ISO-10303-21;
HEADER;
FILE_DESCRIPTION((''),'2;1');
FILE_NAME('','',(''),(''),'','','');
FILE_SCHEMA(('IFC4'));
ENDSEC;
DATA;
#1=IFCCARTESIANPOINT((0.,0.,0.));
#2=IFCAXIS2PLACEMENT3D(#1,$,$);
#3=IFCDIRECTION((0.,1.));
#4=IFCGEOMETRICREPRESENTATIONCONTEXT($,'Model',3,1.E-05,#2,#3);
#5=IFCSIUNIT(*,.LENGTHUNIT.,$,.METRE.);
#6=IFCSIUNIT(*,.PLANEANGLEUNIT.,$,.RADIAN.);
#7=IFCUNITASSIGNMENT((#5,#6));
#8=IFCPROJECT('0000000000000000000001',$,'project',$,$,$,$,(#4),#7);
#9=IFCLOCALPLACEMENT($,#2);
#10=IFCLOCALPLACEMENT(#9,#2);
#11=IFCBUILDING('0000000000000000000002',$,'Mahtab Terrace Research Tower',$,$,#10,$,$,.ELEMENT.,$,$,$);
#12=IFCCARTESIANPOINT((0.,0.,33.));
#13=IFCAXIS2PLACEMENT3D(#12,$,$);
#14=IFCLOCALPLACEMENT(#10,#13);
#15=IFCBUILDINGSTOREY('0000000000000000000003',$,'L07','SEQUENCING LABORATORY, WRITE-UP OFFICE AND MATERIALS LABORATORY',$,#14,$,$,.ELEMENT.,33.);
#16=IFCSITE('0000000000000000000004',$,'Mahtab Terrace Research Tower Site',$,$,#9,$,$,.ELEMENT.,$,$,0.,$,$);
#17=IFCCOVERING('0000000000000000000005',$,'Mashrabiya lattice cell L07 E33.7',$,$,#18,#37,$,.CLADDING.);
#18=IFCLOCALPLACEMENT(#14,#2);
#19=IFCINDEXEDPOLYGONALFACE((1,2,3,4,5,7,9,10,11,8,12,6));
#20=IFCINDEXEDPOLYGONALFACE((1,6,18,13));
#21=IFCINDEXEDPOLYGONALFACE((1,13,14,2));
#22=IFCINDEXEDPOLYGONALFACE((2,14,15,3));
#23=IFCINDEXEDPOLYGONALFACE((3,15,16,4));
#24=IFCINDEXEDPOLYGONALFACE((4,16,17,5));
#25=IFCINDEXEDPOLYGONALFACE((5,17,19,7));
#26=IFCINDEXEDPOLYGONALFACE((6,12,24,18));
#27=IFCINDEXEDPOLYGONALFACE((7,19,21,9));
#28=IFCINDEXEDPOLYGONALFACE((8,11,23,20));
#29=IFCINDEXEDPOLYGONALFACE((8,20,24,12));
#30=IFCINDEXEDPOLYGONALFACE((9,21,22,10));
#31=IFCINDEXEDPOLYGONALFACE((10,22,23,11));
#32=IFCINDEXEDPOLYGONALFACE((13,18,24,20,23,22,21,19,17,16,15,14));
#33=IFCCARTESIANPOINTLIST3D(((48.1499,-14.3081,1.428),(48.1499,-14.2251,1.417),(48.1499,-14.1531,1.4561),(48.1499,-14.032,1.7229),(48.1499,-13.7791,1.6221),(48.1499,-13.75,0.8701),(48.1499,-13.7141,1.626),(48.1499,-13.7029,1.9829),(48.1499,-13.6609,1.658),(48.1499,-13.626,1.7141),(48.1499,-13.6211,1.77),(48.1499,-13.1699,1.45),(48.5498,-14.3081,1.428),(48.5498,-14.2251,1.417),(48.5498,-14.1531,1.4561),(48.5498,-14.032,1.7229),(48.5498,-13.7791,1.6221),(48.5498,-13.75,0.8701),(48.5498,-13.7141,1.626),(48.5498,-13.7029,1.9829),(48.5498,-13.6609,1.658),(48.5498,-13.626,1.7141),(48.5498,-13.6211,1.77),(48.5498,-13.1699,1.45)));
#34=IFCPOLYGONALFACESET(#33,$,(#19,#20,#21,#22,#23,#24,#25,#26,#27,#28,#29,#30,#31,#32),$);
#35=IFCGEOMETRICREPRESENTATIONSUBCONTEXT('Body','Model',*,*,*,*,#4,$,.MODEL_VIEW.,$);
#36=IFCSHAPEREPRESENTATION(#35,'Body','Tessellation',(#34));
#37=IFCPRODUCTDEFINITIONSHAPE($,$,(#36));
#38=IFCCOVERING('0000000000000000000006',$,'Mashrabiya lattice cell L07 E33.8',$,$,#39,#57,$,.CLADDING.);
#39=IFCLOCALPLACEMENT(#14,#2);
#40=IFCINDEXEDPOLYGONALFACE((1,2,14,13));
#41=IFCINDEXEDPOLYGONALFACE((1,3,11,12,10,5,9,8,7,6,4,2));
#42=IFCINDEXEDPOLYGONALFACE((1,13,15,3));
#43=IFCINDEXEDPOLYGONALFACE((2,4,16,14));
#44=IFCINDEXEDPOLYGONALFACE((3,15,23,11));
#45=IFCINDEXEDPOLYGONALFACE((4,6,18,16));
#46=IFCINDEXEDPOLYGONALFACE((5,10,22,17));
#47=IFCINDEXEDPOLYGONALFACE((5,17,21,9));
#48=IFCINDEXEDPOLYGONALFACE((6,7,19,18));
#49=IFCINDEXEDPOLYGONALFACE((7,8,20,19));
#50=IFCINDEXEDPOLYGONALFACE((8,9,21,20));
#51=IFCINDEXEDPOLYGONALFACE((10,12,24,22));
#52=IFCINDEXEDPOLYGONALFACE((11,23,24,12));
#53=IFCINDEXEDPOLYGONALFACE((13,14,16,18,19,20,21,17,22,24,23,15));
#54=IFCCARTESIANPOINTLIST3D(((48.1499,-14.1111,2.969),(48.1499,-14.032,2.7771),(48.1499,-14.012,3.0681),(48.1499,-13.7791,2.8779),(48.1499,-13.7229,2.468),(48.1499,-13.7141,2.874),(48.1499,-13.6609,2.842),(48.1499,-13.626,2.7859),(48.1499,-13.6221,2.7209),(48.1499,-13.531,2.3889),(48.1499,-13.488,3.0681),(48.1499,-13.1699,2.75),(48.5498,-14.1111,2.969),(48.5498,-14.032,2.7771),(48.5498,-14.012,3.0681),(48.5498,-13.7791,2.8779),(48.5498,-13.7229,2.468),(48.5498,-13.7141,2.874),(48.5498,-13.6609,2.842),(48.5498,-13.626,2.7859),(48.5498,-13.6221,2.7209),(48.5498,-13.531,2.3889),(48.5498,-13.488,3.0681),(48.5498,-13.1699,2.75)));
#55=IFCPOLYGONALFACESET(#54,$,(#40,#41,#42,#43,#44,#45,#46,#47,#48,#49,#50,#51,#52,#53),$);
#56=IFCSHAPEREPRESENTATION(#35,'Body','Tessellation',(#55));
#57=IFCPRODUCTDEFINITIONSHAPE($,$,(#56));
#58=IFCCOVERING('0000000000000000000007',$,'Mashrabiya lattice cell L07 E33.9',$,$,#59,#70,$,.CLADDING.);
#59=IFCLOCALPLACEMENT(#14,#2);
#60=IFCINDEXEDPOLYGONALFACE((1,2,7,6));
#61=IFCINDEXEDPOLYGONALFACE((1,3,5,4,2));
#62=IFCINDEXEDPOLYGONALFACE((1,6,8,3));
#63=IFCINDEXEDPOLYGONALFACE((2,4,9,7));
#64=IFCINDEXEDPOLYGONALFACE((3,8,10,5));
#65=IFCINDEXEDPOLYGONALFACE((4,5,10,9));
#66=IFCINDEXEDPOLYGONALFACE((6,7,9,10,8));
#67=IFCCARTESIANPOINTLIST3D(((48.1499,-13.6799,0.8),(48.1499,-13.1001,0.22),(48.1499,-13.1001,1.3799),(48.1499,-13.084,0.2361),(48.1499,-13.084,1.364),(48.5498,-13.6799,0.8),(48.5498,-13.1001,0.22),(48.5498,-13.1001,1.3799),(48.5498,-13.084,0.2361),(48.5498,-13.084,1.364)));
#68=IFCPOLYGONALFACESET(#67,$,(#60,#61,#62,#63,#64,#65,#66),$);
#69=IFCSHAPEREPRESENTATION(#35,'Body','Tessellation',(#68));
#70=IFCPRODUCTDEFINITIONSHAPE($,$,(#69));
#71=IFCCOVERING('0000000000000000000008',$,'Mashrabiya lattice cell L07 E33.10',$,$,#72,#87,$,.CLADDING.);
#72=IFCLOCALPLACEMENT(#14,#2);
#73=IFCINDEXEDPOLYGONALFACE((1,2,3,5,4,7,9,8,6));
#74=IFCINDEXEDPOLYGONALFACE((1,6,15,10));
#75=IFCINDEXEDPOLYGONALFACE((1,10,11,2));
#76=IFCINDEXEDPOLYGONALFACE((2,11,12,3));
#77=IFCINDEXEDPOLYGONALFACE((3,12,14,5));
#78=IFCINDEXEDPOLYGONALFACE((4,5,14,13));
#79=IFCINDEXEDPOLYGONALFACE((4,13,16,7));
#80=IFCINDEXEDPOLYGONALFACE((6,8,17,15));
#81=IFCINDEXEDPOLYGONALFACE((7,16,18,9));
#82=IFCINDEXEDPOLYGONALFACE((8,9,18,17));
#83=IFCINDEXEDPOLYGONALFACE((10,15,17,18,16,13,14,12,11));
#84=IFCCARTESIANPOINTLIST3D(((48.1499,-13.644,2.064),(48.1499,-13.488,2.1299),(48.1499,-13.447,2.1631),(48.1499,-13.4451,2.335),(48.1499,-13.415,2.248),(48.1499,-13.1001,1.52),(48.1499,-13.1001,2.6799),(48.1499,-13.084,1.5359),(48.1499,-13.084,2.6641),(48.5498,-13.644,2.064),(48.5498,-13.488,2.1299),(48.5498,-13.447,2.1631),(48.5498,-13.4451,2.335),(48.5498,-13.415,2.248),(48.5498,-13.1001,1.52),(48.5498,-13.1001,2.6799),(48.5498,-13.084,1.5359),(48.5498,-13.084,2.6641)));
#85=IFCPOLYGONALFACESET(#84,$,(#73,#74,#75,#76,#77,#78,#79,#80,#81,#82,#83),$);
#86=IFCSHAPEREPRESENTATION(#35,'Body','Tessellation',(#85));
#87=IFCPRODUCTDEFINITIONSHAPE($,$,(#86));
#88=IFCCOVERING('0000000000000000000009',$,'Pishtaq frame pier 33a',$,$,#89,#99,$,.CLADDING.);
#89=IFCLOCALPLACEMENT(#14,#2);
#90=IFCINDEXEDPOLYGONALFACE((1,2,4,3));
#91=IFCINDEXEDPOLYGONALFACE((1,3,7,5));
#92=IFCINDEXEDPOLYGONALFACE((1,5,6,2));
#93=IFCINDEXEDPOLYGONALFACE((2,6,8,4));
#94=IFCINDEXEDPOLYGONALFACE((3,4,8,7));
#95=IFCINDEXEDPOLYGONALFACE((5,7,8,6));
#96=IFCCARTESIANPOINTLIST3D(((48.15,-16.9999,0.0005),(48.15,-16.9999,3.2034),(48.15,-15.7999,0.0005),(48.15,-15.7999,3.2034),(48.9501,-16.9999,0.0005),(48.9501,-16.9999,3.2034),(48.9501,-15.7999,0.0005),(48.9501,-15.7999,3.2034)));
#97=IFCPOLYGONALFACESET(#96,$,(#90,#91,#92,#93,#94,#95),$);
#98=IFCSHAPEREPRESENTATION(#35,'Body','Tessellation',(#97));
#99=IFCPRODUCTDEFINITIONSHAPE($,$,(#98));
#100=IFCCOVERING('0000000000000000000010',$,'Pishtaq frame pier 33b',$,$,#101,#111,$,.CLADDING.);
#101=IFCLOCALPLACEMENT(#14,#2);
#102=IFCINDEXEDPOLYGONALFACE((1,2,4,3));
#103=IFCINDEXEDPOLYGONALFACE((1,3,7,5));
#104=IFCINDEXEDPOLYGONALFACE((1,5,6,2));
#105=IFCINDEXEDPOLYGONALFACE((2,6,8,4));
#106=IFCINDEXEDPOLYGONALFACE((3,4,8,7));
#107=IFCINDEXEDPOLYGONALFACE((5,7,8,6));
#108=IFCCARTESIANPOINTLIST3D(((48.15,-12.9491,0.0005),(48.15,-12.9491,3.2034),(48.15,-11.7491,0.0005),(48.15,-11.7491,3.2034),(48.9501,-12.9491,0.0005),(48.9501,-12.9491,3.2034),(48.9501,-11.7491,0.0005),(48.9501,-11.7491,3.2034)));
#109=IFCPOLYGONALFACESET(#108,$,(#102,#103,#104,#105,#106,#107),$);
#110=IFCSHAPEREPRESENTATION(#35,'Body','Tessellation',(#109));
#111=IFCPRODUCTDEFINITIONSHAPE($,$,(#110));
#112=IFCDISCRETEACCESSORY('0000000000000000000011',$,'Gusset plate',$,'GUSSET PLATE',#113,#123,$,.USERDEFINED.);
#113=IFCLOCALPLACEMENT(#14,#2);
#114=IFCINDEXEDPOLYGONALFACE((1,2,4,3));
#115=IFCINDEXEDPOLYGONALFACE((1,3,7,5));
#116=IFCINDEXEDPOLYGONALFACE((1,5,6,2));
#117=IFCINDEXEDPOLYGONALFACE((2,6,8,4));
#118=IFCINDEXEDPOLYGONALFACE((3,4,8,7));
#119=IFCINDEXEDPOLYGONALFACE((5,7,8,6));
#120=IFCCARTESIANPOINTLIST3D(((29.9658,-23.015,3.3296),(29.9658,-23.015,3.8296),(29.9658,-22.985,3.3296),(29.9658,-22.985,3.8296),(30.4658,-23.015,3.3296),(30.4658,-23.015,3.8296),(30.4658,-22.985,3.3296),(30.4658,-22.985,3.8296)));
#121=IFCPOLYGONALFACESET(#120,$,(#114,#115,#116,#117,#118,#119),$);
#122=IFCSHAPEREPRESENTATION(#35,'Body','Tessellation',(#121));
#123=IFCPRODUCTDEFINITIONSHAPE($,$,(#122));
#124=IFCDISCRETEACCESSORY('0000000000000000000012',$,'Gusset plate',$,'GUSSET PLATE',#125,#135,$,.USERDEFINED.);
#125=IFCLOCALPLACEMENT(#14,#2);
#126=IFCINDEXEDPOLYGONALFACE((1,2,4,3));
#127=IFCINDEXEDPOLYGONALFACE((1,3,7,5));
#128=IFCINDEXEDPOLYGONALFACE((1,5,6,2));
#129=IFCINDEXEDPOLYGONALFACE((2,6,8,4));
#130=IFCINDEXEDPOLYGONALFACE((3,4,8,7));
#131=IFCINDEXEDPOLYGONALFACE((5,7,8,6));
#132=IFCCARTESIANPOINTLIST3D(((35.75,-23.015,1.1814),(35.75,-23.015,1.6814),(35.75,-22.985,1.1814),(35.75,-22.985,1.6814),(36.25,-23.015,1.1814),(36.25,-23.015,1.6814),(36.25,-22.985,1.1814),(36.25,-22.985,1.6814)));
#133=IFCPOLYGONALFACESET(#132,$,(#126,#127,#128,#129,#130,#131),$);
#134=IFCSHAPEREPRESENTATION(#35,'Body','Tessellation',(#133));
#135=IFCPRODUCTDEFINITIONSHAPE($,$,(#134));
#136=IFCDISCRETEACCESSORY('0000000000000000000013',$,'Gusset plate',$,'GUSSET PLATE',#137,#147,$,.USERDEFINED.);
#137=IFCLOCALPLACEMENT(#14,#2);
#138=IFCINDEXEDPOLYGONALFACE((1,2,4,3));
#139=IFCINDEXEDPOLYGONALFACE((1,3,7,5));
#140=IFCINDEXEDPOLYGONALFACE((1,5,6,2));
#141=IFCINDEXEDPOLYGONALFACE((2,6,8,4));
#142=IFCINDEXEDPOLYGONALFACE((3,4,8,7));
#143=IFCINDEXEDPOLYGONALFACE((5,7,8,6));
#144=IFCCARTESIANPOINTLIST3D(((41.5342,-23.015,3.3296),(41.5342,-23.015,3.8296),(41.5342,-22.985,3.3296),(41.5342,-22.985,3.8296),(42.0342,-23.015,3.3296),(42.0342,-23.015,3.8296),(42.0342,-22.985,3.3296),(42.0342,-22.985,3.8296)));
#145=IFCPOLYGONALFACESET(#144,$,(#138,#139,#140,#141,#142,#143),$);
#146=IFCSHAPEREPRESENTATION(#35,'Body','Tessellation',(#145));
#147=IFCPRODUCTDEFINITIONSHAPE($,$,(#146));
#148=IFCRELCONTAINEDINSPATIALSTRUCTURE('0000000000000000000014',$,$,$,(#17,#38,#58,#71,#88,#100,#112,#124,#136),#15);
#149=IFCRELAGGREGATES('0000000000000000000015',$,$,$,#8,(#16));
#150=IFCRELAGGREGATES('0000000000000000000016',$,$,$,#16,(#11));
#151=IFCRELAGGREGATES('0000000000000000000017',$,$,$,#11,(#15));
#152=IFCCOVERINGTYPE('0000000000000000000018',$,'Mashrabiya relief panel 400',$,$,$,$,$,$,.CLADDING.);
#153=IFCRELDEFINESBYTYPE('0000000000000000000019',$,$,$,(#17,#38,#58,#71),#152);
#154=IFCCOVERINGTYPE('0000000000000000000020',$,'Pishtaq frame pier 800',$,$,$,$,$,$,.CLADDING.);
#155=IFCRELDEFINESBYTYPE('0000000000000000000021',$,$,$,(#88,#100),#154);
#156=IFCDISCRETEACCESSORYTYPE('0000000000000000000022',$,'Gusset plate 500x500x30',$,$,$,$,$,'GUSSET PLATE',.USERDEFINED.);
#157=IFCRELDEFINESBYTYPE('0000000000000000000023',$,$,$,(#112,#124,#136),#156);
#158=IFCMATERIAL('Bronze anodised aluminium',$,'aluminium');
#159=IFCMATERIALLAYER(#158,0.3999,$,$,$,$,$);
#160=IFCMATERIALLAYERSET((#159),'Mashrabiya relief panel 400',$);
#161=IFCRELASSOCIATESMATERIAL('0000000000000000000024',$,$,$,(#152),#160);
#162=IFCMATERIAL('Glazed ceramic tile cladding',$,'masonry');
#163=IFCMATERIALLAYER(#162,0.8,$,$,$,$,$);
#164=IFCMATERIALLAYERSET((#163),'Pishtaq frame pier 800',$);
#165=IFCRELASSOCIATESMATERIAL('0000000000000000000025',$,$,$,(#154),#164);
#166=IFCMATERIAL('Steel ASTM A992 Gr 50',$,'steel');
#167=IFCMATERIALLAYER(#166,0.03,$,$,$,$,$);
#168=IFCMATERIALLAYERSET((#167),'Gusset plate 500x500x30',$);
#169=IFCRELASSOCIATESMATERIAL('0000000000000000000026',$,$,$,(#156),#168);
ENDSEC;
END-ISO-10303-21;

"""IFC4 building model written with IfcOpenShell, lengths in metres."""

from ifc_helpers import new_model, si_unit, direction, frame, origin, origin_2d, place, context, subcontext, project, spatial, polyline, rectangle, outline, extrude, material, layer, layer_set, type_object, element, save


model = new_model("IFC4")

# Units and contexts
model_context = context("Model", 3, precision=1e-05, world=origin(), true_north=direction((0.0, 1.0)))
body_context = subcontext(model_context, "Body", "Model", "MODEL_VIEW")
ifc_project = project(units=[si_unit("LENGTHUNIT", "METRE"), si_unit("PLANEANGLEUNIT", "RADIAN")], contexts=[model_context])

# Site, building, storey
site_placement = place(None, origin())
site = spatial("IfcSite", under=ifc_project, at=site_placement, Name="Mahtab Terrace Research Tower Site", CompositionType="ELEMENT", RefElevation=0.0)
building_placement = place(site_placement, origin())
building = spatial("IfcBuilding", under=site, at=building_placement, Name="Mahtab Terrace Research Tower", CompositionType="ELEMENT")
storey_placement = place(building_placement, frame((0.0, 0.0, 33.0)))
storey = spatial("IfcBuildingStorey", under=building, at=storey_placement, Name="L07", Description="SEQUENCING LABORATORY, WRITE-UP OFFICE AND MATERIALS LABORATORY", CompositionType="ELEMENT", Elevation=33.0)

# Shared definitions
ifc_material_1 = material(Name="Steel ASTM A992 Gr 50", Category="steel")

# Coverings
ifc_material_2 = material(Name="Bronze anodised aluminium", Category="aluminium")
ifc_layer_1 = layer(ifc_material_2, 0.3999)
ifc_layer_set_1 = layer_set([ifc_layer_1], Name="Mashrabiya relief panel 400")
covering_type_1 = type_object("IfcCoveringType", Name="Mashrabiya relief panel 400", PredefinedType="CLADDING", material=ifc_layer_set_1)
covering_1_placement = place(storey_placement, frame((48.1499, -13.1699, 1.45), z_axis=(-1.0, 0.0, 0.0), x_axis=(0.0, -0.707256, -0.706958)))
element("IfcCovering", 1, at=covering_1_placement, inside=storey, type_object=covering_type_1, Name="Mashrabiya lattice cell L07 E33.7", PredefinedType="CLADDING", context=body_context, shape_type="SweptSolid", body=[
    extrude(outline(polyline([(0.0, 0.0), (0.8202, 0.0), (0.8205, 0.7891), (0.7696, 0.7227), (0.691, 0.6994), (0.4167, 0.8025), (0.3091, 0.5524), (0.2604, 0.5092), (0.2002, 0.4942), (0.1358, 0.5092), (0.0928, 0.5453), (0.0002, 0.7537), (0.0, 0.0)])), origin(), (0.0, 0.0, -1.0), 0.3999),
])
covering_2_placement = place(storey_placement, frame((48.1499, -13.1699, 2.75), z_axis=(-1.0, 0.0, 0.0), x_axis=(0.0, -0.707107, -0.707107)))
element("IfcCovering", 2, at=covering_2_placement, inside=storey, type_object=covering_type_1, Name="Mashrabiya lattice cell L07 E33.8", PredefinedType="CLADDING", context=body_context, shape_type="SweptSolid", body=[
    extrude(outline(polyline([(0.0, 0.0), (0.5106, 0.0), (0.5904, 0.1916), (0.3403, 0.2992), (0.2971, 0.3479), (0.2821, 0.4122), (0.2971, 0.4725), (0.3403, 0.5212), (0.5904, 0.6287), (0.5106, 0.8204), (0.3705, 0.8204), (0.0, 0.4499), (0.0, 0.0)])), origin(), (0.0, 0.0, -1.0), 0.3999),
])
covering_3_placement = place(storey_placement, frame((48.1499, -13.1001, 0.22), z_axis=(-1.0, 0.0, 0.0), x_axis=(0.0, -0.706958, 0.707256)))
element("IfcCovering", 3, at=covering_3_placement, inside=storey, type_object=covering_type_1, Name="Mashrabiya lattice cell L07 E33.9", PredefinedType="CLADDING", context=body_context, shape_type="SweptSolid", body=[
    extrude(outline(polyline([(0.0, 0.0), (0.8202, 0.0), (0.8204, 0.82), (0.7977, 0.8202), (0.0, 0.0228), (0.0, 0.0)])), origin(), (0.0, 0.0, -1.0), 0.3999),
])
covering_4_placement = place(storey_placement, frame((48.1499, -13.1001, 1.52), z_axis=(-1.0, 0.0, 0.0), x_axis=(0.0, -0.707107, 0.707107)))
element("IfcCovering", 4, at=covering_4_placement, inside=storey, type_object=covering_type_1, Name="Mashrabiya lattice cell L07 E33.10", PredefinedType="CLADDING", context=body_context, shape_type="SweptSolid", body=[
    extrude(outline(polyline([(0.0, 0.0), (0.7693, 0.0), (0.7056, 0.1569), (0.7, 0.2094), (0.7375, 0.2921), (0.8202, 0.3323), (0.8202, 0.8202), (0.7976, 0.8204), (-0.0002, 0.0226), (0.0, 0.0)])), origin(), (0.0, 0.0, -1.0), 0.3999),
])
ifc_material_3 = material(Name="Glazed ceramic tile cladding", Category="masonry")
ifc_layer_2 = layer(ifc_material_3, 0.8)
ifc_layer_set_2 = layer_set([ifc_layer_2], Name="Pishtaq frame pier 800")
covering_type_2 = type_object("IfcCoveringType", Name="Pishtaq frame pier 800", PredefinedType="CLADDING", material=ifc_layer_set_2)
for number, where, z_axis, x_axis, name in (
    (5, (48.55, -16.3999, 0.0005), (0.0, 0.0, 1.0), (0.0, 1.0, 0.0), "Pishtaq frame pier 33a"),
    (6, (48.55, -12.3491, 0.0005), (0.0, 0.0, 1.0), (0.0, 1.0, 0.0), "Pishtaq frame pier 33b"),
):
    element("IfcCovering", number, at=place(storey_placement, frame(where, z_axis=z_axis, x_axis=x_axis)), inside=storey, type_object=covering_type_2, Name=name, PredefinedType="CLADDING", context=body_context, shape_type="SweptSolid", body=[
        extrude(rectangle(XDim=1.2, YDim=0.8, at=origin_2d()), origin(), (0.0, 0.0, 1.0), 3.2029),
    ])

# Discrete accessories
ifc_layer_3 = layer(ifc_material_1, 0.03)
ifc_layer_set_3 = layer_set([ifc_layer_3], Name="Gusset plate 500x500x30")
discrete_accessory_type = type_object("IfcDiscreteAccessoryType", Name="Gusset plate 500x500x30", ElementType="GUSSET PLATE", PredefinedType="USERDEFINED", material=ifc_layer_set_3)
for number, where, z_axis, x_axis, name in (
    (7, (30.2158, -23.0, 3.3296), (0.0, 0.0, 1.0), (1.0, 0.0, 0.0), "Gusset plate"),
    (8, (36.0, -23.0, 1.1814), (0.0, 0.0, 1.0), (1.0, 0.0, 0.0), "Gusset plate"),
    (9, (41.7842, -23.0, 3.3296), (0.0, 0.0, 1.0), (1.0, 0.0, 0.0), "Gusset plate"),
):
    element("IfcDiscreteAccessory", number, at=place(storey_placement, frame(where, z_axis=z_axis, x_axis=x_axis)), inside=storey, type_object=discrete_accessory_type, Name=name, ObjectType="GUSSET PLATE", PredefinedType="USERDEFINED", context=body_context, shape_type="SweptSolid", body=[
        extrude(rectangle(XDim=0.5, YDim=0.03, at=origin_2d()), origin(), (0.0, 0.0, 1.0), 0.5),
    ])

save(model, "model.ifc")
